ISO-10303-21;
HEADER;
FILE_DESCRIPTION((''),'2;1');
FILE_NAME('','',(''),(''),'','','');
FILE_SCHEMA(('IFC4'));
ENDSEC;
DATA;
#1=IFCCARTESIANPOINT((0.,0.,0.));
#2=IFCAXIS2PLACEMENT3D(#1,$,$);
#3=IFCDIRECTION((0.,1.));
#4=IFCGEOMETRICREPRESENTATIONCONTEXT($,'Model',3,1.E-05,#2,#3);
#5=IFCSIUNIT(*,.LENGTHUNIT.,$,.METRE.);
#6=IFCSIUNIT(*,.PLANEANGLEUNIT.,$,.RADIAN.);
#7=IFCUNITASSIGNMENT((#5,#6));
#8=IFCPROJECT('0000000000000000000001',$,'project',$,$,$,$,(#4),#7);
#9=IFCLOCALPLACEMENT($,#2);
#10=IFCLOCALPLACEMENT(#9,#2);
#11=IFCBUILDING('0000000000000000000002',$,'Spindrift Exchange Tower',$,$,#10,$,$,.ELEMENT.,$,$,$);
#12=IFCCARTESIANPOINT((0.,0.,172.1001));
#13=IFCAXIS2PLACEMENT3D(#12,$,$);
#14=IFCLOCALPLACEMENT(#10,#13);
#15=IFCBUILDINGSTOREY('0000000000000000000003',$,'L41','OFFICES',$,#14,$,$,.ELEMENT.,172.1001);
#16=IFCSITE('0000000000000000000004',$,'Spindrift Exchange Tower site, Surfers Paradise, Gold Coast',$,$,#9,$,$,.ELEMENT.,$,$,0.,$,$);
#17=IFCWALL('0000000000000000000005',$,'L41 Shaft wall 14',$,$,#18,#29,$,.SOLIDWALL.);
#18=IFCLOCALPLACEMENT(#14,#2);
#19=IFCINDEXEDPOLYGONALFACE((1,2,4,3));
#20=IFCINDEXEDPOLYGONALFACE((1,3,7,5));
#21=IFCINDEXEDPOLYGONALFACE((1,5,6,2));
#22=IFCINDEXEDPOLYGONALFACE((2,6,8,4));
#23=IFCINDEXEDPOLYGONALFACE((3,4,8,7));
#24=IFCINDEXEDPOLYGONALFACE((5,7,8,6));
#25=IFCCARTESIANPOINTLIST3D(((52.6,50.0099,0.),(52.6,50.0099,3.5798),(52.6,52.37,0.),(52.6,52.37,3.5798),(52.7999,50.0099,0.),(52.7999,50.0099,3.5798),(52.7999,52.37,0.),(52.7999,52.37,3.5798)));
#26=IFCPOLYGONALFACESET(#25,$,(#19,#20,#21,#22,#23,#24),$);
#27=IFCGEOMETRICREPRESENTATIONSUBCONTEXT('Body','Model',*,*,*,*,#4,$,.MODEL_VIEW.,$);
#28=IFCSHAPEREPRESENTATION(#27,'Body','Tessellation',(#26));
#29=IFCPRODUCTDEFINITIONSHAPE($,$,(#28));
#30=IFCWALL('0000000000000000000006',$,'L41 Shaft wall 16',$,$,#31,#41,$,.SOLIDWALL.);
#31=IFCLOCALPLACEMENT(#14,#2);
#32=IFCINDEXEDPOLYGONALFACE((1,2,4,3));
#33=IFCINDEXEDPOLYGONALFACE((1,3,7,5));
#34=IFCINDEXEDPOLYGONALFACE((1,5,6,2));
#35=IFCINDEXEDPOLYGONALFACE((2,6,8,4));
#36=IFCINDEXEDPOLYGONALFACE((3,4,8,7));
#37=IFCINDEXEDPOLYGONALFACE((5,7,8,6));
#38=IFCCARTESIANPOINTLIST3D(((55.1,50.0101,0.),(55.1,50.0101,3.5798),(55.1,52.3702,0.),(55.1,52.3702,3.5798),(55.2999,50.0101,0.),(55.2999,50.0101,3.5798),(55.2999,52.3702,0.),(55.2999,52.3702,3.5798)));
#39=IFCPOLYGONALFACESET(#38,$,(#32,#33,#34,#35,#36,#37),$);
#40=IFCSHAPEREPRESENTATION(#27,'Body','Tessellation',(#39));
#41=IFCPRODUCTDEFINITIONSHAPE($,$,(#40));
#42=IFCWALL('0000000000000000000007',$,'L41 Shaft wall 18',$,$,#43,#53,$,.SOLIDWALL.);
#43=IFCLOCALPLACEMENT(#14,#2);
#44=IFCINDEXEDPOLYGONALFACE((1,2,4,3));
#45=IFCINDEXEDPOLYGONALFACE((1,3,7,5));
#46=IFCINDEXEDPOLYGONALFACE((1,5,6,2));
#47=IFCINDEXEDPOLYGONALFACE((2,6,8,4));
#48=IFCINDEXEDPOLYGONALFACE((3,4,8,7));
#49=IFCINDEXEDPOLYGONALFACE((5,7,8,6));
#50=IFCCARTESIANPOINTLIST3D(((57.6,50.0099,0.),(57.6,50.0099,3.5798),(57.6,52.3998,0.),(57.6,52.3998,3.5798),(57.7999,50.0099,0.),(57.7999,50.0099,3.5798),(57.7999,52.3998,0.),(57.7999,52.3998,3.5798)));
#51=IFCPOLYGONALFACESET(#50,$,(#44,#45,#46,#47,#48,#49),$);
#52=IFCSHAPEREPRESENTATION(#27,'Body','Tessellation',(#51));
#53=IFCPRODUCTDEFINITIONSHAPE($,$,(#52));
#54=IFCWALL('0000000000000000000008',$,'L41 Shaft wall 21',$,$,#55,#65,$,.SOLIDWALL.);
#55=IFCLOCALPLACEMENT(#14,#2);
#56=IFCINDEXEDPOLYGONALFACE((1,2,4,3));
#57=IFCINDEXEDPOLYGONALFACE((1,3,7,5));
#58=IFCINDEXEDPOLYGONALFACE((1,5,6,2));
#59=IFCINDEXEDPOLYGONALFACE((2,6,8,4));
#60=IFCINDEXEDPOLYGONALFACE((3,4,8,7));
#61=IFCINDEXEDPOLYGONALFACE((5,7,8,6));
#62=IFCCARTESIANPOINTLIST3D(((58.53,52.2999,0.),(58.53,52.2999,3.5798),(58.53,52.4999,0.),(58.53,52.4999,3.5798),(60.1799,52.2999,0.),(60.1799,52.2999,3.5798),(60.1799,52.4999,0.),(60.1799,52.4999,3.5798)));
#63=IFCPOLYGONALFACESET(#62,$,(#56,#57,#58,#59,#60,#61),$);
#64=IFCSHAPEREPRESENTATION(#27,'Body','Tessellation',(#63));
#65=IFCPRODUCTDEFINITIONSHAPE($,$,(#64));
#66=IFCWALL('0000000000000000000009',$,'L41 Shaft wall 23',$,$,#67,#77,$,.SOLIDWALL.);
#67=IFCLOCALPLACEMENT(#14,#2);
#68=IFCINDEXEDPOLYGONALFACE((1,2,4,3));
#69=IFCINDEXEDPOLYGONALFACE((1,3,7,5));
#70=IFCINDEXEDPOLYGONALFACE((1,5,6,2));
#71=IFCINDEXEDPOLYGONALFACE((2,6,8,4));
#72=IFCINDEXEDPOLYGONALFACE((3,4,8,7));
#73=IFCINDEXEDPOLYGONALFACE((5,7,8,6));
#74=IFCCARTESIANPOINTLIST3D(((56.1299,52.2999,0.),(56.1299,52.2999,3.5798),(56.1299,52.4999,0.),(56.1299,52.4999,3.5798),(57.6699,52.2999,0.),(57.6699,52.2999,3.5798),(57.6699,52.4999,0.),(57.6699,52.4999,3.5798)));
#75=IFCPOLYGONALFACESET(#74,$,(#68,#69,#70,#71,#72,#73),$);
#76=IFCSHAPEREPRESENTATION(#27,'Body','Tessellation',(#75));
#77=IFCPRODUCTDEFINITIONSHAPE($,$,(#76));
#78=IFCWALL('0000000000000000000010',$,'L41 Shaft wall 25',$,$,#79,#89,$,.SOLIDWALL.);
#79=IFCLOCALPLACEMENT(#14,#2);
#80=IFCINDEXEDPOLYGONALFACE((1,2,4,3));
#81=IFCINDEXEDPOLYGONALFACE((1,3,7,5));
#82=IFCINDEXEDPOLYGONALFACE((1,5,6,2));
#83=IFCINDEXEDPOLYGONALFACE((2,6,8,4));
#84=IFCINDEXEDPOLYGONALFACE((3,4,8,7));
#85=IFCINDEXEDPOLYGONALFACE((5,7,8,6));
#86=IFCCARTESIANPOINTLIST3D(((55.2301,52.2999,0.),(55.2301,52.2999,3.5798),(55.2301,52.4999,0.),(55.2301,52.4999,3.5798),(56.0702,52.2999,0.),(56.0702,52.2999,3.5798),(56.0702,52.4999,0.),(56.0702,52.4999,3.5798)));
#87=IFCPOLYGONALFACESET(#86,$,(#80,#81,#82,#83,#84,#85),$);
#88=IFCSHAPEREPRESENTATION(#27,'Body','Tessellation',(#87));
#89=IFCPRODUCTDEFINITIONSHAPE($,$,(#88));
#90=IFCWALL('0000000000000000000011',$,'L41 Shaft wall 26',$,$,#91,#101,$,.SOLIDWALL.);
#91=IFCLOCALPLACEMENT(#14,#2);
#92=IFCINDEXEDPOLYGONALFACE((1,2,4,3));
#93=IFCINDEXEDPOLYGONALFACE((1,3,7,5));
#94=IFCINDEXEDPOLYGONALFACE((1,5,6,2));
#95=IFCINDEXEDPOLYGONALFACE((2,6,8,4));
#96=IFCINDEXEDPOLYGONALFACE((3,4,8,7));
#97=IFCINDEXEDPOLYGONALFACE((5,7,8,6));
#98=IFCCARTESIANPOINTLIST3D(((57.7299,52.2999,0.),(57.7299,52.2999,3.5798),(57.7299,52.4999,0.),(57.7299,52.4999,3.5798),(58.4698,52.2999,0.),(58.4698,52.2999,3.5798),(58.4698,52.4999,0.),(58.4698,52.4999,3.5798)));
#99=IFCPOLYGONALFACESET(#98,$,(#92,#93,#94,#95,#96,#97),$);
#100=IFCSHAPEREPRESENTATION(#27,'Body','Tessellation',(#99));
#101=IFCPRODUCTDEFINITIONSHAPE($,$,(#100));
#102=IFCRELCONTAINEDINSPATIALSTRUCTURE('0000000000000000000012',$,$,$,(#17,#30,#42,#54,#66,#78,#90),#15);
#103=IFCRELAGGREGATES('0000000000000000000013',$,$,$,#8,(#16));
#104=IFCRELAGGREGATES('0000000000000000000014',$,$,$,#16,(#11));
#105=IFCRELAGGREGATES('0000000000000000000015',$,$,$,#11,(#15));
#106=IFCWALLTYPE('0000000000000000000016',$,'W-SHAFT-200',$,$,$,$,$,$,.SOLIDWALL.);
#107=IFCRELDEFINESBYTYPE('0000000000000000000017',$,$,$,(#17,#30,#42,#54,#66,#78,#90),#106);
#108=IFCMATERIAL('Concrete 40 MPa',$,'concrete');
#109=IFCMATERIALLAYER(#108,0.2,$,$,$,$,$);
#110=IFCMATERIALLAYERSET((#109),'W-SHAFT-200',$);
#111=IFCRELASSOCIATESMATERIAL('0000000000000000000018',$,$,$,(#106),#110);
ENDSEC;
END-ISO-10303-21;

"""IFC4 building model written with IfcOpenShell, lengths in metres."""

from ifc_helpers import new_model, si_unit, direction, frame, frame_2d, origin, place, context, subcontext, project, spatial, rectangle, extrude, material, layer, layer_set, type_object, element, save


model = new_model("IFC4")

# Units and contexts
model_context = context("Model", 3, precision=1e-05, world=origin(), true_north=direction((0.0, 1.0)))
body_context = subcontext(model_context, "Body", "Model", "MODEL_VIEW")
ifc_project = project(units=[si_unit("LENGTHUNIT", "METRE"), si_unit("PLANEANGLEUNIT", "RADIAN")], contexts=[model_context])

# Site, building, storey
site_placement = place(None, origin())
site = spatial("IfcSite", under=ifc_project, at=site_placement, Name="Spindrift Exchange Tower site, Surfers Paradise, Gold Coast", CompositionType="ELEMENT", RefElevation=0.0)
building_placement = place(site_placement, origin())
building = spatial("IfcBuilding", under=site, at=building_placement, Name="Spindrift Exchange Tower", CompositionType="ELEMENT")
storey_placement = place(building_placement, frame((0.0, 0.0, 172.1001)))
storey = spatial("IfcBuildingStorey", under=building, at=storey_placement, Name="L41", Description="OFFICES", CompositionType="ELEMENT", Elevation=172.1001)

# Shared definitions
ifc_material_1 = material(Name="Concrete 40 MPa", Category="concrete")
ifc_layer_1 = layer(ifc_material_1, 0.2)
ifc_layer_set_1 = layer_set([ifc_layer_1], Name="W-SHAFT-200")
wall_type_1 = type_object("IfcWallType", Name="W-SHAFT-200", PredefinedType="SOLIDWALL", material=ifc_layer_set_1)

# Walls
for number, where, z_axis, x_axis, name in (
    (1, (52.7, 52.3701, 0.0), (0.0, 0.0, 1.0), (0.0, -1.0, 0.0), "L41 Shaft wall 14"),
    (2, (55.2, 50.01, 0.0), (0.0, 0.0, 1.0), (0.0, 1.0, 0.0), "L41 Shaft wall 16"),
):
    element("IfcWall", number, at=place(storey_placement, frame(where, z_axis=z_axis, x_axis=x_axis)), inside=storey, type_object=wall_type_1, Name=name, PredefinedType="SOLIDWALL", context=body_context, shape_type="SweptSolid", body=[
        extrude(rectangle(XDim=2.3601, YDim=0.2, at=frame_2d((1.1802, 0.0))), origin(), (0.0, 0.0, 1.0), 3.5798),
    ])
wall_1_placement = place(storey_placement, frame((57.7, 50.01, 0.0), z_axis=(0.0, 0.0, 1.0), x_axis=(0.0, 1.0, 0.0)))
element("IfcWall", 3, at=wall_1_placement, inside=storey, type_object=wall_type_1, Name="L41 Shaft wall 18", PredefinedType="SOLIDWALL", context=body_context, shape_type="SweptSolid", body=[
    extrude(rectangle(XDim=2.3899, YDim=0.2, at=frame_2d((1.1948, 0.0))), origin(), (0.0, 0.0, 1.0), 3.5798),
])
wall_2_placement = place(storey_placement, frame((60.1799, 52.3999, 0.0), z_axis=(0.0, 0.0, 1.0), x_axis=(-1.0, 0.0, 0.0)))
element("IfcWall", 4, at=wall_2_placement, inside=storey, type_object=wall_type_1, Name="L41 Shaft wall 21", PredefinedType="SOLIDWALL", context=body_context, shape_type="SweptSolid", body=[
    extrude(rectangle(XDim=1.6499, YDim=0.2, at=frame_2d((0.825, 0.0))), origin(), (0.0, 0.0, 1.0), 3.5798),
])
wall_3_placement = place(storey_placement, frame((57.6699, 52.3999, 0.0), z_axis=(0.0, 0.0, 1.0), x_axis=(-1.0, 0.0, 0.0)))
element("IfcWall", 5, at=wall_3_placement, inside=storey, type_object=wall_type_1, Name="L41 Shaft wall 23", PredefinedType="SOLIDWALL", context=body_context, shape_type="SweptSolid", body=[
    extrude(rectangle(XDim=1.54, YDim=0.2, at=frame_2d((0.77, 0.0))), origin(), (0.0, 0.0, 1.0), 3.5798),
])
wall_4_placement = place(storey_placement, frame((56.0701, 52.3999, 0.0), z_axis=(0.0, 0.0, 1.0), x_axis=(-1.0, 0.0, 0.0)))
element("IfcWall", 6, at=wall_4_placement, inside=storey, type_object=wall_type_1, Name="L41 Shaft wall 25", PredefinedType="SOLIDWALL", context=body_context, shape_type="SweptSolid", body=[
    extrude(rectangle(XDim=0.8401, YDim=0.2, at=frame_2d((0.4199, 0.0))), origin(), (0.0, 0.0, 1.0), 3.5798),
])
wall_5_placement = place(storey_placement, frame((58.47, 52.3999, 0.0), z_axis=(0.0, 0.0, 1.0), x_axis=(-1.0, 0.0, 0.0)))
element("IfcWall", 7, at=wall_5_placement, inside=storey, type_object=wall_type_1, Name="L41 Shaft wall 26", PredefinedType="SOLIDWALL", context=body_context, shape_type="SweptSolid", body=[
    extrude(rectangle(XDim=0.74, YDim=0.2, at=frame_2d((0.3701, 0.0))), origin(), (0.0, 0.0, 1.0), 3.5798),
])

save(model, "model.ifc")
